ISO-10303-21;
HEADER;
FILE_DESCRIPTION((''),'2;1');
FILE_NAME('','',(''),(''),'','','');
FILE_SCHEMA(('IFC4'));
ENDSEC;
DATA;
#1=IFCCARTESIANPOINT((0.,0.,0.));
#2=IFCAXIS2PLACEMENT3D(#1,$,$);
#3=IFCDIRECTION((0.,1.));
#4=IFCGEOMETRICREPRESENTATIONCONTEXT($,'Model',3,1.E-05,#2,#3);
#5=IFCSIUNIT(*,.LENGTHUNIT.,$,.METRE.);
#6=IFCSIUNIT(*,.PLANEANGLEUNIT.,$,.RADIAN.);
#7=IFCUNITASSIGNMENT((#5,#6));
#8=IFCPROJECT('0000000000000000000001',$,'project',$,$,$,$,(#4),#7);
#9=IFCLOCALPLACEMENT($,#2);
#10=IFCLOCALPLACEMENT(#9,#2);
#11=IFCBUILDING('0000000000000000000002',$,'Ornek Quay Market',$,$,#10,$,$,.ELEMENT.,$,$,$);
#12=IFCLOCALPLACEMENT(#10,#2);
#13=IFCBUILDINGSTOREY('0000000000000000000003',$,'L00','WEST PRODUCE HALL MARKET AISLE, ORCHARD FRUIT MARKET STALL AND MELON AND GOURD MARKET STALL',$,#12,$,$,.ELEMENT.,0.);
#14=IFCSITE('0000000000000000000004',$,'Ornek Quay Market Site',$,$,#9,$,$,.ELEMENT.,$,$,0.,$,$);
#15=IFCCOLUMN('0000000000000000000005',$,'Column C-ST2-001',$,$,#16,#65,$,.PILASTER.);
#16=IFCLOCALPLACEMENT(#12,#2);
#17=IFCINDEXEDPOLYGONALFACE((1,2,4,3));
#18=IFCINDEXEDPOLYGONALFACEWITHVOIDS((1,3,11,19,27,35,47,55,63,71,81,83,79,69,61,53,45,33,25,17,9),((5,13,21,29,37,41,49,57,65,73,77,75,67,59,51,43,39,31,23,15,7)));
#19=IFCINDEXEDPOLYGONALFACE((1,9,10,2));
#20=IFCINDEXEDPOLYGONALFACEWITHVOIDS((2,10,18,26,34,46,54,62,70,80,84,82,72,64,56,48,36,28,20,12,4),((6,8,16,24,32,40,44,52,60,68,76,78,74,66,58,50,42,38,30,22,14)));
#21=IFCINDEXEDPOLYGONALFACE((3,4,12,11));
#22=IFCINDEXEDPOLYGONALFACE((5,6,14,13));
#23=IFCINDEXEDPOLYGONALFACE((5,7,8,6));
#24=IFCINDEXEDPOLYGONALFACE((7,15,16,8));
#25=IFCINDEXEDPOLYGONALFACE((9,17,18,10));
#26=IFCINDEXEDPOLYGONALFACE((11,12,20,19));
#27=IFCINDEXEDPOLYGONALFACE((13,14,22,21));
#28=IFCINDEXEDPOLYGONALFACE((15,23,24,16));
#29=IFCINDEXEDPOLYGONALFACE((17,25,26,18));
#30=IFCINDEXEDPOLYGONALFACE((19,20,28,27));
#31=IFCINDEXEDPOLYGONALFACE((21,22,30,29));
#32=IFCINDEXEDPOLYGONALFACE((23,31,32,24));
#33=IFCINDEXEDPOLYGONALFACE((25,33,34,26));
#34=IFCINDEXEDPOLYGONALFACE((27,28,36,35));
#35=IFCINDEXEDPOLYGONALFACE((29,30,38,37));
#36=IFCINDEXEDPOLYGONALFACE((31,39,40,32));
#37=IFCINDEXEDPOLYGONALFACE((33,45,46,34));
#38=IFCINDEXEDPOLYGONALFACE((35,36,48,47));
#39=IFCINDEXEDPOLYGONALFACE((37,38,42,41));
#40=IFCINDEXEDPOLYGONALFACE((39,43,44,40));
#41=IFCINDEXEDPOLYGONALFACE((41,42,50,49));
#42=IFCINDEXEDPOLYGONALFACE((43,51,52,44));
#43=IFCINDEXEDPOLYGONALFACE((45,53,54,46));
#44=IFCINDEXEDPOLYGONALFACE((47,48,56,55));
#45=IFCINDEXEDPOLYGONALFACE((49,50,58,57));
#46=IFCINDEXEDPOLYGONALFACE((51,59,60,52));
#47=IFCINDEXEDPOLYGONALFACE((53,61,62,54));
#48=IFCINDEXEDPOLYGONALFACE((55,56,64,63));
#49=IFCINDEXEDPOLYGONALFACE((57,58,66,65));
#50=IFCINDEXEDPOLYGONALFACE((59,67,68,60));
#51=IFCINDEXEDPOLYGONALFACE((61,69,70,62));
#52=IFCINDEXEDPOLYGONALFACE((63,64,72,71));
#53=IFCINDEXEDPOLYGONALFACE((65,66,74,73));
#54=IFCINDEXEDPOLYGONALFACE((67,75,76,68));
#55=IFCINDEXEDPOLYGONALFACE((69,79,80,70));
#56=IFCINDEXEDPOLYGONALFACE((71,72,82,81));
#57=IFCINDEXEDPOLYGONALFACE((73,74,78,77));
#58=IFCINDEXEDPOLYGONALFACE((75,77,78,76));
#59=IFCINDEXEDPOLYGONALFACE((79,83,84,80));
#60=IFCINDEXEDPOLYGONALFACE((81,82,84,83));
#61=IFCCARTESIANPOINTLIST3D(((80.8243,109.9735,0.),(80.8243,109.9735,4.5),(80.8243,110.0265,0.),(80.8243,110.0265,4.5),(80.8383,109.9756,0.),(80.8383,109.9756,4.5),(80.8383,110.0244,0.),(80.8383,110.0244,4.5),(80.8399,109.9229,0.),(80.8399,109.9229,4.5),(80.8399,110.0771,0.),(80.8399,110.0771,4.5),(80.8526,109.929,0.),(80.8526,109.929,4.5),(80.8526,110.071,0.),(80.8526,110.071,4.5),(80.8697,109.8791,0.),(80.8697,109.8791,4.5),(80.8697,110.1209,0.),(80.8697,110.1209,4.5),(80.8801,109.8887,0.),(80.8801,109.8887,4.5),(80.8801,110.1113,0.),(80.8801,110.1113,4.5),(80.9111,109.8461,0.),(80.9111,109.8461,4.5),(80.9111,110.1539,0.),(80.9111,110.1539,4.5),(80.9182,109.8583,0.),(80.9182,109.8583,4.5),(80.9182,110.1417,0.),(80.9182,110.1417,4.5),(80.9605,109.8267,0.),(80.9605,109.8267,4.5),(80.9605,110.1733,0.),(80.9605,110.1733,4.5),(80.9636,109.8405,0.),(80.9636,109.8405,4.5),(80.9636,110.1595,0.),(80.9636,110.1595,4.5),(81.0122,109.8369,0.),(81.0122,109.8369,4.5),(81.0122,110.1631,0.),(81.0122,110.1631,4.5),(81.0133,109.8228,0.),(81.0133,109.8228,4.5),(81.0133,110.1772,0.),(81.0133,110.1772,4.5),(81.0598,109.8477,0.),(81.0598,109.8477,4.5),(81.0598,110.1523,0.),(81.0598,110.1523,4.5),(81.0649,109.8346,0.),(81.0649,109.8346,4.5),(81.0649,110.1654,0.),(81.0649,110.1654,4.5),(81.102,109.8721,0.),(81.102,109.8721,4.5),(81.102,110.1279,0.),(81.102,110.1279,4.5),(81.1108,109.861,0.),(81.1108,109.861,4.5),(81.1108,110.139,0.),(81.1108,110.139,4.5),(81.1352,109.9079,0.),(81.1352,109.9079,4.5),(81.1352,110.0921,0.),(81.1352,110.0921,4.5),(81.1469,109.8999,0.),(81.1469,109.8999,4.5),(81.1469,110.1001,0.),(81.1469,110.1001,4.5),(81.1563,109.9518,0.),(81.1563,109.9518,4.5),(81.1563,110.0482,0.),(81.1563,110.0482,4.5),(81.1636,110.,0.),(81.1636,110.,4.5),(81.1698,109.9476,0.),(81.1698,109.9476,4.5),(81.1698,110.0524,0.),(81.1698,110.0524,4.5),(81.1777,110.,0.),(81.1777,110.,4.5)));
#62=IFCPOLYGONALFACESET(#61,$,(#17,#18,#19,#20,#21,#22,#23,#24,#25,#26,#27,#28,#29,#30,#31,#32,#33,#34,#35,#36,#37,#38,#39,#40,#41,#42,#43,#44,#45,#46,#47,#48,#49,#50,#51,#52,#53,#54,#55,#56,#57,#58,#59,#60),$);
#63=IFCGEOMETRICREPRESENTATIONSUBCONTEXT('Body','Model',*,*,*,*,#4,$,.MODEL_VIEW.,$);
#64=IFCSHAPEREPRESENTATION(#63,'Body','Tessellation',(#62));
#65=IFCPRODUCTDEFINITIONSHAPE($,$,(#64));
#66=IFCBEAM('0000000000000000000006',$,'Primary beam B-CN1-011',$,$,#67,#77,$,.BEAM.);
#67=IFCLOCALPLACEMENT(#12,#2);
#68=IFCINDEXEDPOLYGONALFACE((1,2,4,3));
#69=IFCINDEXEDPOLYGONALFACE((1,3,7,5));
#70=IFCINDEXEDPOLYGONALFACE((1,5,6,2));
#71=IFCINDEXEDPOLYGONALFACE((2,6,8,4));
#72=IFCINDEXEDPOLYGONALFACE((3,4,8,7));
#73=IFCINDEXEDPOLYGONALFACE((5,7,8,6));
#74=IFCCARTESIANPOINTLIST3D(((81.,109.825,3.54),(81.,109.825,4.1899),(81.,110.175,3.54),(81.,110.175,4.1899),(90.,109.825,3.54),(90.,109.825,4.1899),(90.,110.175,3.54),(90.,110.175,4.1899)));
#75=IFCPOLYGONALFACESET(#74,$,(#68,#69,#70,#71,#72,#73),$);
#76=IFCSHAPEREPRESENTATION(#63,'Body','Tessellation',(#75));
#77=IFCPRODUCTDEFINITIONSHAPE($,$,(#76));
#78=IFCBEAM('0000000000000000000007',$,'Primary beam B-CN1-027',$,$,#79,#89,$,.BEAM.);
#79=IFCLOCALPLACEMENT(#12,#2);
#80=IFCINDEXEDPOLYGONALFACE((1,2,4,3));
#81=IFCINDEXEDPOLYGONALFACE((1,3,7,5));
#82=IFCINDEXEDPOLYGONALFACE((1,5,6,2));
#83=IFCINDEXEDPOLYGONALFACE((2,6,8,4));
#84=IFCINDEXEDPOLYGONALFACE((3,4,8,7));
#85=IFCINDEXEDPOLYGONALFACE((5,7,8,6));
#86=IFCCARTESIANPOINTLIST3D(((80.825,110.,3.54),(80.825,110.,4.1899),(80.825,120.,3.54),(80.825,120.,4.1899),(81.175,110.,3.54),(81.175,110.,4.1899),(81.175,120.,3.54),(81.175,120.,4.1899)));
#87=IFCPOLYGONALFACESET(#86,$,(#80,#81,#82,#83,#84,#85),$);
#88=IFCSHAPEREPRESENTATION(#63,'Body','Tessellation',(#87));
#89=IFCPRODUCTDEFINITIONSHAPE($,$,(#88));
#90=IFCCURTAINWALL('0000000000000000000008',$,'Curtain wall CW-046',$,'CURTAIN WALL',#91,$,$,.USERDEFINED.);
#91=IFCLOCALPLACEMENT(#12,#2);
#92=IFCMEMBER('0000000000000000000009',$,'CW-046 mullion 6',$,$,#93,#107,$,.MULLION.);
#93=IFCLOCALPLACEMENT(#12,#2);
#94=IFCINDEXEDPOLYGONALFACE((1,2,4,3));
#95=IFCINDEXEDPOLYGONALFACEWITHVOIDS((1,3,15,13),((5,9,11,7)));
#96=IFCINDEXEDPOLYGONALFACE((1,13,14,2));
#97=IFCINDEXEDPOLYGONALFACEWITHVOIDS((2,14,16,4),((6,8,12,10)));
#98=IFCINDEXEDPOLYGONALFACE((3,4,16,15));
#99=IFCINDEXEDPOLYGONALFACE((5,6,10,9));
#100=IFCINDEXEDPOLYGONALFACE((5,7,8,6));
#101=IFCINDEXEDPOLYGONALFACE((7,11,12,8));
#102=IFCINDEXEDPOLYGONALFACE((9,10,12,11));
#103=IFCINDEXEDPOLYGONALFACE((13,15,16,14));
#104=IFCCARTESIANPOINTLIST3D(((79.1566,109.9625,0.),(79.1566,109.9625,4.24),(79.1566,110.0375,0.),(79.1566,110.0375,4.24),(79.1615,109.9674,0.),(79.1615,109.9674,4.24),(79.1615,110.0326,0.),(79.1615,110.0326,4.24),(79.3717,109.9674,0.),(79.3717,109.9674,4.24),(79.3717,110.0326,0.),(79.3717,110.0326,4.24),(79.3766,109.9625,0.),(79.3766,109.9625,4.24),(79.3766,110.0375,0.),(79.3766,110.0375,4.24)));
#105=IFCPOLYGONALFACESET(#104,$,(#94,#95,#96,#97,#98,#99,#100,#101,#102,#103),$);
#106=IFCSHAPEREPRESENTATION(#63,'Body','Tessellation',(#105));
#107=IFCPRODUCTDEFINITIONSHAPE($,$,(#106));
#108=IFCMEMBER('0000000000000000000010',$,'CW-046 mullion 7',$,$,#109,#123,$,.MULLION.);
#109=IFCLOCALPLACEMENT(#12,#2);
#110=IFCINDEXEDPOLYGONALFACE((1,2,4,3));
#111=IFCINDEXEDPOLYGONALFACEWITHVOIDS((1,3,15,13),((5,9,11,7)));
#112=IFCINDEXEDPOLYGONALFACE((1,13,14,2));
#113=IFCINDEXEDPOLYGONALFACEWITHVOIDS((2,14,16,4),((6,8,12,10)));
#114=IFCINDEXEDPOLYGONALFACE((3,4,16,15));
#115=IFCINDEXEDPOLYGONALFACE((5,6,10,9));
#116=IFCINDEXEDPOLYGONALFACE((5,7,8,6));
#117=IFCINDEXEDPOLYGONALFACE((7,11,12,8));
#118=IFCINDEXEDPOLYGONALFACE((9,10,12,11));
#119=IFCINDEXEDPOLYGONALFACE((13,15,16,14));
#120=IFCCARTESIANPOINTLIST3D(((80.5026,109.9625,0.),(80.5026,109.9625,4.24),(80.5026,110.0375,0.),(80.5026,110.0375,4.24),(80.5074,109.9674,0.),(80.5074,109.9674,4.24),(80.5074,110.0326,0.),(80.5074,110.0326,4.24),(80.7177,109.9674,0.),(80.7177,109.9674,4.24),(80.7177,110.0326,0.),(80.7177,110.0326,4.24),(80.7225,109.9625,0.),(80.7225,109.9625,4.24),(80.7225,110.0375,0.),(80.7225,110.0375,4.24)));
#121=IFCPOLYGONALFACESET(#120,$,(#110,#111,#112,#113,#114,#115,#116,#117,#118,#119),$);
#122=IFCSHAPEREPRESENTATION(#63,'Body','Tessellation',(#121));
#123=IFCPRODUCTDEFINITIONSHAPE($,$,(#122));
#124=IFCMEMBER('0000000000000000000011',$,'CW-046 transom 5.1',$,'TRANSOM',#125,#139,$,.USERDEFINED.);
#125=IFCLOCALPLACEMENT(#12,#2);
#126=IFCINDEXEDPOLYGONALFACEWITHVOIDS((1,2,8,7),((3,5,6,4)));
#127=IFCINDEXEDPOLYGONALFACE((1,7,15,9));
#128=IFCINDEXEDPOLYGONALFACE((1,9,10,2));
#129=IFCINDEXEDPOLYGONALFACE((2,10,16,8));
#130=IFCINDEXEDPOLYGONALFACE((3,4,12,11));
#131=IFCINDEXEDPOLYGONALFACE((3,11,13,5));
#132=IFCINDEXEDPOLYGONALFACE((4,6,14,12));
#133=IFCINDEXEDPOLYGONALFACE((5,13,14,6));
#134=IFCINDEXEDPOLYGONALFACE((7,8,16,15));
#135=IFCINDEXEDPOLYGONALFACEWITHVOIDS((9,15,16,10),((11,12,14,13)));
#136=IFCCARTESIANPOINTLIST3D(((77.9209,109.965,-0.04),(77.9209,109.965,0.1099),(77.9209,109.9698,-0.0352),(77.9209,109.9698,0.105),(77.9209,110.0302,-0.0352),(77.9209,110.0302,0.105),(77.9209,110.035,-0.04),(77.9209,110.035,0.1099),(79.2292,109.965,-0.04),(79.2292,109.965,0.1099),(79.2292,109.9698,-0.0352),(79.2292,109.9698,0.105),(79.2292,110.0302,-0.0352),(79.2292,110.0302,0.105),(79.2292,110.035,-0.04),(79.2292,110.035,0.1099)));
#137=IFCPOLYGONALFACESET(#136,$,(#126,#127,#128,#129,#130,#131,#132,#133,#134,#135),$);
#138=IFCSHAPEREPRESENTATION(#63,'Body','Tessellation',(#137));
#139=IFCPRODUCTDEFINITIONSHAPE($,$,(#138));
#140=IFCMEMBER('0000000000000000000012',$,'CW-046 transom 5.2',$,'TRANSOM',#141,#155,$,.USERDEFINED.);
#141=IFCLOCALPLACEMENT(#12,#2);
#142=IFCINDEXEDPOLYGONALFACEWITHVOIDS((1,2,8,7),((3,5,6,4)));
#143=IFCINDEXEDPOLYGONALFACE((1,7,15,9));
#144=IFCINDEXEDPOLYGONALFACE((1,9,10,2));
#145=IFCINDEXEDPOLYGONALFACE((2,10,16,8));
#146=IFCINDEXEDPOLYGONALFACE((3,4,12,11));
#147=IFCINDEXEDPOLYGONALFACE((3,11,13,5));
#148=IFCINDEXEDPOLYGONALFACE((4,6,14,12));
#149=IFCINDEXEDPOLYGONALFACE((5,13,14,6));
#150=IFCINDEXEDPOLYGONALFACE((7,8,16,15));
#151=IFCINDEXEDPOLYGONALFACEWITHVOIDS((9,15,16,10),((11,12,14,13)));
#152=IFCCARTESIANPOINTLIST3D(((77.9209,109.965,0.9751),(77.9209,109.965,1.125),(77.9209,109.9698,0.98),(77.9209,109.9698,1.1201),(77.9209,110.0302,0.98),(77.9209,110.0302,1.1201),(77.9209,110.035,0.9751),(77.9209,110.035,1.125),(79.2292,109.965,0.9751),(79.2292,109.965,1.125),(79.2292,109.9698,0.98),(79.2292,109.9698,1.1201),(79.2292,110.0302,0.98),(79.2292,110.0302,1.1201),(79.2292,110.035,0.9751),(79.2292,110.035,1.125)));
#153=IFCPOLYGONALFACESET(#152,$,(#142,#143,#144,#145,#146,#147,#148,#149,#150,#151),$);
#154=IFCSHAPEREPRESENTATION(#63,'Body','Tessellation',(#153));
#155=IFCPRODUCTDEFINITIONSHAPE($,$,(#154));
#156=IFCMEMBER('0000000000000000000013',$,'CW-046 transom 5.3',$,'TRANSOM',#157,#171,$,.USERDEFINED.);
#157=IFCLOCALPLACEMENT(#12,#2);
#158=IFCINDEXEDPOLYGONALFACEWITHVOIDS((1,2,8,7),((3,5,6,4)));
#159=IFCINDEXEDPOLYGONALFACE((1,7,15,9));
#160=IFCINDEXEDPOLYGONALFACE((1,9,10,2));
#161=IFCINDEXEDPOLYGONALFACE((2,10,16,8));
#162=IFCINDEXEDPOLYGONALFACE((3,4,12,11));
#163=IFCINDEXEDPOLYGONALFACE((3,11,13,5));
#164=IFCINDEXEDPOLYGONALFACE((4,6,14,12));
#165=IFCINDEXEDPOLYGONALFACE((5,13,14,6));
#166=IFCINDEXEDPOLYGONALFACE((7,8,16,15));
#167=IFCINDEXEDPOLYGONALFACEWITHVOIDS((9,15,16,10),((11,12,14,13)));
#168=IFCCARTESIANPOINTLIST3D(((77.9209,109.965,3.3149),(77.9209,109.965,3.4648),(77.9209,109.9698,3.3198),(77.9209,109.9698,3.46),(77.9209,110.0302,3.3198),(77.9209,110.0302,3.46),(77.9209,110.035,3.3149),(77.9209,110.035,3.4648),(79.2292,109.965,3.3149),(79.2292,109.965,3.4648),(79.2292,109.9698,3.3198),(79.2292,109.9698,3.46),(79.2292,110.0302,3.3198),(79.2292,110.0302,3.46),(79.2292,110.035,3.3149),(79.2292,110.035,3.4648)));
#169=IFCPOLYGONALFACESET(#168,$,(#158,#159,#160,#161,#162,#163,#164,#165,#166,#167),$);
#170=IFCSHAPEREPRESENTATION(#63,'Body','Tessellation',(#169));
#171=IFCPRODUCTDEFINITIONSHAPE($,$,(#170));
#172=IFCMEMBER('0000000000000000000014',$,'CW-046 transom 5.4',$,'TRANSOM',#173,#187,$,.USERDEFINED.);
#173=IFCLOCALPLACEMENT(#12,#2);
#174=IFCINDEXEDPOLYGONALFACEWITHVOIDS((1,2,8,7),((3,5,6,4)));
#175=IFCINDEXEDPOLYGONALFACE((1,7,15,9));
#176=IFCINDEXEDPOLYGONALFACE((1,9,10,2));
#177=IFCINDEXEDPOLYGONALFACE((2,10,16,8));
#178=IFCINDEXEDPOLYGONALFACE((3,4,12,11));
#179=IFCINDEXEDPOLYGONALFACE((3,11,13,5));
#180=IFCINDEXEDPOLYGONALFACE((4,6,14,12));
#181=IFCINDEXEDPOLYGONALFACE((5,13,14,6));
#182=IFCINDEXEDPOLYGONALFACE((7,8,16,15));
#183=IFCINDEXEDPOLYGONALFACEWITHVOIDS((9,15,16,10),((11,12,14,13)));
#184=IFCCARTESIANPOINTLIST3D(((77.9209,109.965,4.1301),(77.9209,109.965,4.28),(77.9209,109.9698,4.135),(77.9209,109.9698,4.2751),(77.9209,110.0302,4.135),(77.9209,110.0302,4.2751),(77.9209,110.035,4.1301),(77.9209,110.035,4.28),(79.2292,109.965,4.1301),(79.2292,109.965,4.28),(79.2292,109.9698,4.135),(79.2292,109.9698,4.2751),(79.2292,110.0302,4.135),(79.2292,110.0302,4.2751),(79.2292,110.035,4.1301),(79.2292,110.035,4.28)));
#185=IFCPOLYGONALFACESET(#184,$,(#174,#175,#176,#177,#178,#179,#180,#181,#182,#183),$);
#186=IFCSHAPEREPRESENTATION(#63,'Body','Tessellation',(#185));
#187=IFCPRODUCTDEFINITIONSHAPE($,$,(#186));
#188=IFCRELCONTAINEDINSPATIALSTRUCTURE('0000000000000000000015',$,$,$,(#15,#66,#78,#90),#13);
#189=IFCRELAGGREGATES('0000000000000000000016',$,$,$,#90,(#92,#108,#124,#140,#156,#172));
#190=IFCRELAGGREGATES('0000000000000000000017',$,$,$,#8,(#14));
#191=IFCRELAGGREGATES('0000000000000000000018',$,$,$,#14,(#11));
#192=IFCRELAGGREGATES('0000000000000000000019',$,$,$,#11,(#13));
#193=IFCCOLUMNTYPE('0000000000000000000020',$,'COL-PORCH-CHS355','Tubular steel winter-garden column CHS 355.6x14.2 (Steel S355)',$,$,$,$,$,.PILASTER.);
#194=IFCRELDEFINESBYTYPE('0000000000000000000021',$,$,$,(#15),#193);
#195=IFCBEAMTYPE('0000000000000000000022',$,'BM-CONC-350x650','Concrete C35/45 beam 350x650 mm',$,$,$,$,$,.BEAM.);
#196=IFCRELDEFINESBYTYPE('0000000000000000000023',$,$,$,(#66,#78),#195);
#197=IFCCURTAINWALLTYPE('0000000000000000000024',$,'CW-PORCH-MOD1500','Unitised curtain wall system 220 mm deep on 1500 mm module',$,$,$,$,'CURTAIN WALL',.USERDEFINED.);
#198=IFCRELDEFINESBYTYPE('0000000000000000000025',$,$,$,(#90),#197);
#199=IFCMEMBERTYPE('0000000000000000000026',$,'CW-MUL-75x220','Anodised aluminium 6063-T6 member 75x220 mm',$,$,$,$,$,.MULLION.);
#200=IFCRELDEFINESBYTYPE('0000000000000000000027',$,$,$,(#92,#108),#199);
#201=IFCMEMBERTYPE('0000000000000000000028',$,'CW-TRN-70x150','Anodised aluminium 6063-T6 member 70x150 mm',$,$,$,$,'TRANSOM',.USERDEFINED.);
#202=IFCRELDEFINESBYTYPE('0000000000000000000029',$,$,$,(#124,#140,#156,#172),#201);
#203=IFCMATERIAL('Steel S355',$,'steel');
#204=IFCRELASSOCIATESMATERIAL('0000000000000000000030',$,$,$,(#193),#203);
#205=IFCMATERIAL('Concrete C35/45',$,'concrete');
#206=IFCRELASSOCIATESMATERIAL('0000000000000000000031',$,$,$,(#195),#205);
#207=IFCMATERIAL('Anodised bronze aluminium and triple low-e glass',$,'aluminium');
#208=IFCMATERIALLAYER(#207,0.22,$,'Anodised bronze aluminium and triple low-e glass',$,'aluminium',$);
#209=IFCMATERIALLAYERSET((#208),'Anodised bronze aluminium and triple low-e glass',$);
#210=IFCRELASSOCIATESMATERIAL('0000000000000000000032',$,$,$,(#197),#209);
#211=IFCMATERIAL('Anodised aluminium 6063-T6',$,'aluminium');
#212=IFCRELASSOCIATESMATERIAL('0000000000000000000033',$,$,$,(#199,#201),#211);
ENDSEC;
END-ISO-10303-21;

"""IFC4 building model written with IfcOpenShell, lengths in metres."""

from ifc_helpers import new_model, si_unit, direction, frame, origin, origin_2d, place, context, subcontext, project, spatial, rectangle, hollow_rectangle, hollow_circle, extrude, material, layer, layer_set, material_profile, profile_set, type_object, element, aggregate, save


model = new_model("IFC4")

# Units and contexts
model_context = context("Model", 3, precision=1e-05, world=origin(), true_north=direction((0.0, 1.0)))
body_context = subcontext(model_context, "Body", "Model", "MODEL_VIEW")
ifc_project = project(units=[si_unit("LENGTHUNIT", "METRE"), si_unit("PLANEANGLEUNIT", "RADIAN")], contexts=[model_context])

# Site, building, storey
site_placement = place(None, origin())
site = spatial("IfcSite", under=ifc_project, at=site_placement, Name="Ornek Quay Market Site", CompositionType="ELEMENT", RefElevation=0.0)
building_placement = place(site_placement, origin())
building = spatial("IfcBuilding", under=site, at=building_placement, Name="Ornek Quay Market", CompositionType="ELEMENT")
storey_placement = place(building_placement, origin())
storey = spatial("IfcBuildingStorey", under=building, at=storey_placement, Name="L00", Description="WEST PRODUCE HALL MARKET AISLE, ORCHARD FRUIT MARKET STALL AND MELON AND GOURD MARKET STALL", CompositionType="ELEMENT", Elevation=0.0)

# Column
ifc_material_1 = material(Name="Steel S355", Category="steel")
ifc_material_profile_1 = material_profile(ifc_material_1, hollow_circle(Radius=0.1777, WallThickness=0.0142, at=origin_2d()), Name="CHS 355.6x14.2", Category="steel")
ifc_profile_set_1 = profile_set([ifc_material_profile_1], Name="Steel S355")
column_type = type_object("IfcColumnType", Name="COL-PORCH-CHS355", Description="Tubular steel winter-garden column CHS 355.6x14.2 (Steel S355)", PredefinedType="PILASTER", material=ifc_profile_set_1)
column_placement = place(storey_placement, frame((81.0, 110.0, 0.0), z_axis=(0.0, 0.0, 1.0), x_axis=(1.0, 0.0, 0.0)))
element("IfcColumn", 1, at=column_placement, inside=storey, type_object=column_type, Name="Column C-ST2-001", PredefinedType="PILASTER", context=body_context, shape_type="SweptSolid", body=[
    extrude(hollow_circle(Radius=0.1777, WallThickness=0.0142, at=origin_2d()), origin(), (0.0, 0.0, 1.0), 4.5),
])

# Beams
ifc_material_2 = material(Name="Concrete C35/45", Category="concrete")
ifc_material_profile_2 = material_profile(ifc_material_2, rectangle(XDim=0.3501, YDim=0.6499, at=origin_2d()), Name="RC 350x650", Category="concrete")
ifc_profile_set_2 = profile_set([ifc_material_profile_2], Name="Concrete C35/45")
beam_type = type_object("IfcBeamType", Name="BM-CONC-350x650", Description="Concrete C35/45 beam 350x650 mm", PredefinedType="BEAM", material=ifc_profile_set_2)
beam_1_placement = place(storey_placement, frame((81.0, 110.0, 3.865), z_axis=(1.0, 0.0, 0.0), x_axis=(0.0, 1.0, 0.0)))
element("IfcBeam", 2, at=beam_1_placement, inside=storey, type_object=beam_type, Name="Primary beam B-CN1-011", PredefinedType="BEAM", context=body_context, shape_type="SweptSolid", body=[
    extrude(rectangle(XDim=0.3501, YDim=0.6499, at=origin_2d()), origin(), (0.0, 0.0, 1.0), 9.0),
])
beam_2_placement = place(storey_placement, frame((81.0, 110.0, 3.865), z_axis=(0.0, 1.0, 0.0), x_axis=(-1.0, 0.0, 0.0)))
element("IfcBeam", 3, at=beam_2_placement, inside=storey, type_object=beam_type, Name="Primary beam B-CN1-027", PredefinedType="BEAM", context=body_context, shape_type="SweptSolid", body=[
    extrude(rectangle(XDim=0.3501, YDim=0.6499, at=origin_2d()), origin(), (0.0, 0.0, 1.0), 10.0),
])

# Curtain wall, members
ifc_material_3 = material(Name="Anodised bronze aluminium and triple low-e glass", Category="aluminium")
ifc_layer_1 = layer(ifc_material_3, 0.22, Name="Anodised bronze aluminium and triple low-e glass", Category="aluminium")
ifc_layer_set_1 = layer_set([ifc_layer_1], Name="Anodised bronze aluminium and triple low-e glass")
curtain_wall_type = type_object("IfcCurtainWallType", Name="CW-PORCH-MOD1500", Description="Unitised curtain wall system 220 mm deep on 1500 mm module", ElementType="CURTAIN WALL", PredefinedType="USERDEFINED", material=ifc_layer_set_1)
curtain_wall_placement = place(storey_placement, origin())
curtain_wall = element("IfcCurtainWall", 4, at=curtain_wall_placement, inside=storey, type_object=curtain_wall_type, Name="Curtain wall CW-046", ObjectType="CURTAIN WALL", PredefinedType="USERDEFINED")
ifc_material_4 = material(Name="Anodised aluminium 6063-T6", Category="aluminium")
ifc_material_profile_3 = material_profile(ifc_material_4, hollow_rectangle(XDim=0.075, YDim=0.22, WallThickness=0.0049, at=origin_2d()), Name="CW-MUL-75x220", Category="aluminium")
ifc_profile_set_3 = profile_set([ifc_material_profile_3], Name="Anodised aluminium 6063-T6")
member_type_1 = type_object("IfcMemberType", Name="CW-MUL-75x220", Description="Anodised aluminium 6063-T6 member 75x220 mm", PredefinedType="MULLION", material=ifc_profile_set_3)
member_1_placement = place(storey_placement, frame((79.2666, 110.0, 0.0), z_axis=(0.0, 0.0, 1.0), x_axis=(0.0, 1.0, 0.0)))
member_1 = element("IfcMember", 5, at=member_1_placement, type_object=member_type_1, Name="CW-046 mullion 6", PredefinedType="MULLION", context=body_context, shape_type="SweptSolid", body=[
    extrude(hollow_rectangle(XDim=0.075, YDim=0.22, WallThickness=0.0049, at=origin_2d()), origin(), (0.0, 0.0, 1.0), 4.24),
])
member_2_placement = place(storey_placement, frame((80.6125, 110.0, 0.0), z_axis=(0.0, 0.0, 1.0), x_axis=(0.0, 1.0, 0.0)))
member_2 = element("IfcMember", 6, at=member_2_placement, type_object=member_type_1, Name="CW-046 mullion 7", PredefinedType="MULLION", context=body_context, shape_type="SweptSolid", body=[
    extrude(hollow_rectangle(XDim=0.075, YDim=0.22, WallThickness=0.0049, at=origin_2d()), origin(), (0.0, 0.0, 1.0), 4.24),
])
ifc_material_profile_4 = material_profile(ifc_material_4, hollow_rectangle(XDim=0.0701, YDim=0.1499, WallThickness=0.0049, at=origin_2d()), Name="CW-TRN-70x150", Category="aluminium")
ifc_profile_set_4 = profile_set([ifc_material_profile_4], Name="Anodised aluminium 6063-T6")
member_type_2 = type_object("IfcMemberType", Name="CW-TRN-70x150", Description="Anodised aluminium 6063-T6 member 70x150 mm", ElementType="TRANSOM", PredefinedType="USERDEFINED", material=ifc_profile_set_4)
member_3_placement = place(storey_placement, frame((77.9209, 110.0, 0.0349), z_axis=(1.0, 0.0, 0.0), x_axis=(0.0, 1.0, 0.0)))
member_3 = element("IfcMember", 7, at=member_3_placement, type_object=member_type_2, Name="CW-046 transom 5.1", ObjectType="TRANSOM", PredefinedType="USERDEFINED", context=body_context, shape_type="SweptSolid", body=[
    extrude(hollow_rectangle(XDim=0.0701, YDim=0.1499, WallThickness=0.0049, at=origin_2d()), origin(), (0.0, 0.0, 1.0), 1.3083),
])
member_4_placement = place(storey_placement, frame((77.9209, 110.0, 1.05), z_axis=(1.0, 0.0, 0.0), x_axis=(0.0, 1.0, 0.0)))
member_4 = element("IfcMember", 8, at=member_4_placement, type_object=member_type_2, Name="CW-046 transom 5.2", ObjectType="TRANSOM", PredefinedType="USERDEFINED", context=body_context, shape_type="SweptSolid", body=[
    extrude(hollow_rectangle(XDim=0.0701, YDim=0.1499, WallThickness=0.0049, at=origin_2d()), origin(), (0.0, 0.0, 1.0), 1.3083),
])
member_5_placement = place(storey_placement, frame((77.9209, 110.0, 3.3899), z_axis=(1.0, 0.0, 0.0), x_axis=(0.0, 1.0, 0.0)))
member_5 = element("IfcMember", 9, at=member_5_placement, type_object=member_type_2, Name="CW-046 transom 5.3", ObjectType="TRANSOM", PredefinedType="USERDEFINED", context=body_context, shape_type="SweptSolid", body=[
    extrude(hollow_rectangle(XDim=0.0701, YDim=0.1499, WallThickness=0.0049, at=origin_2d()), origin(), (0.0, 0.0, 1.0), 1.3083),
])
member_6_placement = place(storey_placement, frame((77.9209, 110.0, 4.2051), z_axis=(1.0, 0.0, 0.0), x_axis=(0.0, 1.0, 0.0)))
member_6 = element("IfcMember", 10, at=member_6_placement, type_object=member_type_2, Name="CW-046 transom 5.4", ObjectType="TRANSOM", PredefinedType="USERDEFINED", context=body_context, shape_type="SweptSolid", body=[
    extrude(hollow_rectangle(XDim=0.0701, YDim=0.1499, WallThickness=0.0049, at=origin_2d()), origin(), (0.0, 0.0, 1.0), 1.3083),
])
aggregate(curtain_wall, [member_1, member_2, member_3, member_4, member_5, member_6])

save(model, "model.ifc")
